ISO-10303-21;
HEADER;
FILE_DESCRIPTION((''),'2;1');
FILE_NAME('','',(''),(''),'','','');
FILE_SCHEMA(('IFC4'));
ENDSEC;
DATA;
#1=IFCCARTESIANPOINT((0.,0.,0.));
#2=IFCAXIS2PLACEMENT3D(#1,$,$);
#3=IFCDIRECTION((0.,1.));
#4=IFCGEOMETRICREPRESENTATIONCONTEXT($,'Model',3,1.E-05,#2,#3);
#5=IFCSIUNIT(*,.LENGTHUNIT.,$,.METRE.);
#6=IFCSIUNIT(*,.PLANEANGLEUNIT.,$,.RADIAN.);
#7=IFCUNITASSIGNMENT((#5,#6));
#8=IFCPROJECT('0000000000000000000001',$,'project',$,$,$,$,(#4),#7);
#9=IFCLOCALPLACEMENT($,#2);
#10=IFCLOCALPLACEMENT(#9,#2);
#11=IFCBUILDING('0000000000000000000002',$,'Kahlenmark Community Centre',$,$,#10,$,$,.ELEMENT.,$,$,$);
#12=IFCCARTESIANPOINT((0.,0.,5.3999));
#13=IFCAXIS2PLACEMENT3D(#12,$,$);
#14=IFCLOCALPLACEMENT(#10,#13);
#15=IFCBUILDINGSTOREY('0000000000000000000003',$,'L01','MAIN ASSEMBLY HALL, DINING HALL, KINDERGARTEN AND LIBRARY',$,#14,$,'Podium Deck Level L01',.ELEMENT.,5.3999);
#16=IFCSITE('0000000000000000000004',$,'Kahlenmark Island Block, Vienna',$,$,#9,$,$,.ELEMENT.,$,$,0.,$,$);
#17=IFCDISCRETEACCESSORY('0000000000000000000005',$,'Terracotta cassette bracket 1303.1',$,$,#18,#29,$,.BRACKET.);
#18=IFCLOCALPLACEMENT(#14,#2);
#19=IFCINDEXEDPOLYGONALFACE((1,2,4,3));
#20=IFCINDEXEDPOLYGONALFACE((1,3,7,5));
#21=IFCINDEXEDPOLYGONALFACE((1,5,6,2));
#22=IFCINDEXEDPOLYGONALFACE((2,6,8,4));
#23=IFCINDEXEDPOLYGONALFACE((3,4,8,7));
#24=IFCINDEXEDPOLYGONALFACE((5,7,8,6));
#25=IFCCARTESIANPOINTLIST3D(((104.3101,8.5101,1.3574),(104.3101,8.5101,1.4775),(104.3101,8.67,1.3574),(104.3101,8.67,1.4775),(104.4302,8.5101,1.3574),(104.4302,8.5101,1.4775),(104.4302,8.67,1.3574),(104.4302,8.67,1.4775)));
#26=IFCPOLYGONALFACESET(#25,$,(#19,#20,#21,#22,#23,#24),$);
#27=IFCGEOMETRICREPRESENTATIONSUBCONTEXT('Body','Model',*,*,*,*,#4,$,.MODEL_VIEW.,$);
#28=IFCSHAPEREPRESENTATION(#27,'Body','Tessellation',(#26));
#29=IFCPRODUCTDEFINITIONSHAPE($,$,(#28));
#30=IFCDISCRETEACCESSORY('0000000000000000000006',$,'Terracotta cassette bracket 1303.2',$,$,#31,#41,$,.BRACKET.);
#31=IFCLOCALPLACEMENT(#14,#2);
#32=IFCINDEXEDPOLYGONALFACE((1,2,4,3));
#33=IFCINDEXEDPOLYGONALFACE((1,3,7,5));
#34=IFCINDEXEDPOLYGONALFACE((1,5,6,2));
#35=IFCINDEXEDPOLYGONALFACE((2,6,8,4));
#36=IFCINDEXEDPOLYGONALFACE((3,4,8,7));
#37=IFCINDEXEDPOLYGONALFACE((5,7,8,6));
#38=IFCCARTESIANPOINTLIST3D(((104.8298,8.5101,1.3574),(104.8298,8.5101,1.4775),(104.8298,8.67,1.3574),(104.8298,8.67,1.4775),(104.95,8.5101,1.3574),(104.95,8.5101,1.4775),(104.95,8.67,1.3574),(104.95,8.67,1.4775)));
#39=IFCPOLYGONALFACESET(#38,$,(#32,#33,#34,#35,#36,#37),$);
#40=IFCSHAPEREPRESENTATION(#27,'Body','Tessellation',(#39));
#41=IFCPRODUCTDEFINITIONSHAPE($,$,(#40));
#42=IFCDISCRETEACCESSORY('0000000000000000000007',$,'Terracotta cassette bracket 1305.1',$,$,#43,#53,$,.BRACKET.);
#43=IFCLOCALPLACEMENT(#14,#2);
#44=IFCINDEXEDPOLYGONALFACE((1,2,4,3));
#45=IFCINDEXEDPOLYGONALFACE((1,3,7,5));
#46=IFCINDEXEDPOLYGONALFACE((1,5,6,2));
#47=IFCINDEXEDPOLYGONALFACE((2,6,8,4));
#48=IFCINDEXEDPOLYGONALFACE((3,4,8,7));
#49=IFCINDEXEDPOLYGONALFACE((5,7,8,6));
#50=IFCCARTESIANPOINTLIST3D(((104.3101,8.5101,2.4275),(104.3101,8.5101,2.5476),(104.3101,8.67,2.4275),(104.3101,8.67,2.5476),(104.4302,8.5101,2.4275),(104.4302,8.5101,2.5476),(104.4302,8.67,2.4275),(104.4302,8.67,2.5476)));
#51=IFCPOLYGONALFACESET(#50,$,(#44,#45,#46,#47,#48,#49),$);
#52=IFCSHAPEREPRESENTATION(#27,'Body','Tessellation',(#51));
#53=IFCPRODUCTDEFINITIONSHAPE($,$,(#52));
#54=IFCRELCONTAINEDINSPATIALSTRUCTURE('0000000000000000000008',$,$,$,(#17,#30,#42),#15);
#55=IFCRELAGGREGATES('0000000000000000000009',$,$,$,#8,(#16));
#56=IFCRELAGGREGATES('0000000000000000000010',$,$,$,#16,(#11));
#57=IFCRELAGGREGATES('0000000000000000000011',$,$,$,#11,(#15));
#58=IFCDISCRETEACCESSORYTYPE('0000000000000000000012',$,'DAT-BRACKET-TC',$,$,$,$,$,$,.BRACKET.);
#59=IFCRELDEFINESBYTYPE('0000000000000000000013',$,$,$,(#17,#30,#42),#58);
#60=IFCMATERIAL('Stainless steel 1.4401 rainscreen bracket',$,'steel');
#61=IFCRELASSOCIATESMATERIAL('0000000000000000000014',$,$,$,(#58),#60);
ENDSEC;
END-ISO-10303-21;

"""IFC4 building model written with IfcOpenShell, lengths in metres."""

from ifc_helpers import new_model, si_unit, direction, frame, origin, origin_2d, place, context, subcontext, project, spatial, rectangle, extrude, material, type_object, element, save


model = new_model("IFC4")

# Units and contexts
model_context = context("Model", 3, precision=1e-05, world=origin(), true_north=direction((0.0, 1.0)))
body_context = subcontext(model_context, "Body", "Model", "MODEL_VIEW")
ifc_project = project(units=[si_unit("LENGTHUNIT", "METRE"), si_unit("PLANEANGLEUNIT", "RADIAN")], contexts=[model_context])

# Site, building, storey
site_placement = place(None, origin())
site = spatial("IfcSite", under=ifc_project, at=site_placement, Name="Kahlenmark Island Block, Vienna", CompositionType="ELEMENT", RefElevation=0.0)
building_placement = place(site_placement, origin())
building = spatial("IfcBuilding", under=site, at=building_placement, Name="Kahlenmark Community Centre", CompositionType="ELEMENT")
storey_placement = place(building_placement, frame((0.0, 0.0, 5.3999)))
storey = spatial("IfcBuildingStorey", under=building, at=storey_placement, Name="L01", Description="MAIN ASSEMBLY HALL, DINING HALL, KINDERGARTEN AND LIBRARY", LongName="Podium Deck Level L01", CompositionType="ELEMENT", Elevation=5.3999)

# Discrete accessories
ifc_material_1 = material(Name="Stainless steel 1.4401 rainscreen bracket", Category="steel")
discrete_accessory_type = type_object("IfcDiscreteAccessoryType", Name="DAT-BRACKET-TC", PredefinedType="BRACKET", material=ifc_material_1)
for number, where, z_axis, x_axis, name in (
    (1, (104.3701, 8.5901, 1.3574), (0.0, 0.0, 1.0), (1.0, 0.0, 0.0), "Terracotta cassette bracket 1303.1"),
    (2, (104.8899, 8.5901, 1.3574), (0.0, 0.0, 1.0), (1.0, 0.0, 0.0), "Terracotta cassette bracket 1303.2"),
    (3, (104.3701, 8.5901, 2.4275), (0.0, 0.0, 1.0), (1.0, 0.0, 0.0), "Terracotta cassette bracket 1305.1"),
):
    element("IfcDiscreteAccessory", number, at=place(storey_placement, frame(where, z_axis=z_axis, x_axis=x_axis)), inside=storey, type_object=discrete_accessory_type, Name=name, PredefinedType="BRACKET", context=body_context, shape_type="SweptSolid", body=[
        extrude(rectangle(XDim=0.1201, YDim=0.1599, at=origin_2d()), origin(), (0.0, 0.0, 1.0), 0.1201),
    ])

save(model, "model.ifc")
